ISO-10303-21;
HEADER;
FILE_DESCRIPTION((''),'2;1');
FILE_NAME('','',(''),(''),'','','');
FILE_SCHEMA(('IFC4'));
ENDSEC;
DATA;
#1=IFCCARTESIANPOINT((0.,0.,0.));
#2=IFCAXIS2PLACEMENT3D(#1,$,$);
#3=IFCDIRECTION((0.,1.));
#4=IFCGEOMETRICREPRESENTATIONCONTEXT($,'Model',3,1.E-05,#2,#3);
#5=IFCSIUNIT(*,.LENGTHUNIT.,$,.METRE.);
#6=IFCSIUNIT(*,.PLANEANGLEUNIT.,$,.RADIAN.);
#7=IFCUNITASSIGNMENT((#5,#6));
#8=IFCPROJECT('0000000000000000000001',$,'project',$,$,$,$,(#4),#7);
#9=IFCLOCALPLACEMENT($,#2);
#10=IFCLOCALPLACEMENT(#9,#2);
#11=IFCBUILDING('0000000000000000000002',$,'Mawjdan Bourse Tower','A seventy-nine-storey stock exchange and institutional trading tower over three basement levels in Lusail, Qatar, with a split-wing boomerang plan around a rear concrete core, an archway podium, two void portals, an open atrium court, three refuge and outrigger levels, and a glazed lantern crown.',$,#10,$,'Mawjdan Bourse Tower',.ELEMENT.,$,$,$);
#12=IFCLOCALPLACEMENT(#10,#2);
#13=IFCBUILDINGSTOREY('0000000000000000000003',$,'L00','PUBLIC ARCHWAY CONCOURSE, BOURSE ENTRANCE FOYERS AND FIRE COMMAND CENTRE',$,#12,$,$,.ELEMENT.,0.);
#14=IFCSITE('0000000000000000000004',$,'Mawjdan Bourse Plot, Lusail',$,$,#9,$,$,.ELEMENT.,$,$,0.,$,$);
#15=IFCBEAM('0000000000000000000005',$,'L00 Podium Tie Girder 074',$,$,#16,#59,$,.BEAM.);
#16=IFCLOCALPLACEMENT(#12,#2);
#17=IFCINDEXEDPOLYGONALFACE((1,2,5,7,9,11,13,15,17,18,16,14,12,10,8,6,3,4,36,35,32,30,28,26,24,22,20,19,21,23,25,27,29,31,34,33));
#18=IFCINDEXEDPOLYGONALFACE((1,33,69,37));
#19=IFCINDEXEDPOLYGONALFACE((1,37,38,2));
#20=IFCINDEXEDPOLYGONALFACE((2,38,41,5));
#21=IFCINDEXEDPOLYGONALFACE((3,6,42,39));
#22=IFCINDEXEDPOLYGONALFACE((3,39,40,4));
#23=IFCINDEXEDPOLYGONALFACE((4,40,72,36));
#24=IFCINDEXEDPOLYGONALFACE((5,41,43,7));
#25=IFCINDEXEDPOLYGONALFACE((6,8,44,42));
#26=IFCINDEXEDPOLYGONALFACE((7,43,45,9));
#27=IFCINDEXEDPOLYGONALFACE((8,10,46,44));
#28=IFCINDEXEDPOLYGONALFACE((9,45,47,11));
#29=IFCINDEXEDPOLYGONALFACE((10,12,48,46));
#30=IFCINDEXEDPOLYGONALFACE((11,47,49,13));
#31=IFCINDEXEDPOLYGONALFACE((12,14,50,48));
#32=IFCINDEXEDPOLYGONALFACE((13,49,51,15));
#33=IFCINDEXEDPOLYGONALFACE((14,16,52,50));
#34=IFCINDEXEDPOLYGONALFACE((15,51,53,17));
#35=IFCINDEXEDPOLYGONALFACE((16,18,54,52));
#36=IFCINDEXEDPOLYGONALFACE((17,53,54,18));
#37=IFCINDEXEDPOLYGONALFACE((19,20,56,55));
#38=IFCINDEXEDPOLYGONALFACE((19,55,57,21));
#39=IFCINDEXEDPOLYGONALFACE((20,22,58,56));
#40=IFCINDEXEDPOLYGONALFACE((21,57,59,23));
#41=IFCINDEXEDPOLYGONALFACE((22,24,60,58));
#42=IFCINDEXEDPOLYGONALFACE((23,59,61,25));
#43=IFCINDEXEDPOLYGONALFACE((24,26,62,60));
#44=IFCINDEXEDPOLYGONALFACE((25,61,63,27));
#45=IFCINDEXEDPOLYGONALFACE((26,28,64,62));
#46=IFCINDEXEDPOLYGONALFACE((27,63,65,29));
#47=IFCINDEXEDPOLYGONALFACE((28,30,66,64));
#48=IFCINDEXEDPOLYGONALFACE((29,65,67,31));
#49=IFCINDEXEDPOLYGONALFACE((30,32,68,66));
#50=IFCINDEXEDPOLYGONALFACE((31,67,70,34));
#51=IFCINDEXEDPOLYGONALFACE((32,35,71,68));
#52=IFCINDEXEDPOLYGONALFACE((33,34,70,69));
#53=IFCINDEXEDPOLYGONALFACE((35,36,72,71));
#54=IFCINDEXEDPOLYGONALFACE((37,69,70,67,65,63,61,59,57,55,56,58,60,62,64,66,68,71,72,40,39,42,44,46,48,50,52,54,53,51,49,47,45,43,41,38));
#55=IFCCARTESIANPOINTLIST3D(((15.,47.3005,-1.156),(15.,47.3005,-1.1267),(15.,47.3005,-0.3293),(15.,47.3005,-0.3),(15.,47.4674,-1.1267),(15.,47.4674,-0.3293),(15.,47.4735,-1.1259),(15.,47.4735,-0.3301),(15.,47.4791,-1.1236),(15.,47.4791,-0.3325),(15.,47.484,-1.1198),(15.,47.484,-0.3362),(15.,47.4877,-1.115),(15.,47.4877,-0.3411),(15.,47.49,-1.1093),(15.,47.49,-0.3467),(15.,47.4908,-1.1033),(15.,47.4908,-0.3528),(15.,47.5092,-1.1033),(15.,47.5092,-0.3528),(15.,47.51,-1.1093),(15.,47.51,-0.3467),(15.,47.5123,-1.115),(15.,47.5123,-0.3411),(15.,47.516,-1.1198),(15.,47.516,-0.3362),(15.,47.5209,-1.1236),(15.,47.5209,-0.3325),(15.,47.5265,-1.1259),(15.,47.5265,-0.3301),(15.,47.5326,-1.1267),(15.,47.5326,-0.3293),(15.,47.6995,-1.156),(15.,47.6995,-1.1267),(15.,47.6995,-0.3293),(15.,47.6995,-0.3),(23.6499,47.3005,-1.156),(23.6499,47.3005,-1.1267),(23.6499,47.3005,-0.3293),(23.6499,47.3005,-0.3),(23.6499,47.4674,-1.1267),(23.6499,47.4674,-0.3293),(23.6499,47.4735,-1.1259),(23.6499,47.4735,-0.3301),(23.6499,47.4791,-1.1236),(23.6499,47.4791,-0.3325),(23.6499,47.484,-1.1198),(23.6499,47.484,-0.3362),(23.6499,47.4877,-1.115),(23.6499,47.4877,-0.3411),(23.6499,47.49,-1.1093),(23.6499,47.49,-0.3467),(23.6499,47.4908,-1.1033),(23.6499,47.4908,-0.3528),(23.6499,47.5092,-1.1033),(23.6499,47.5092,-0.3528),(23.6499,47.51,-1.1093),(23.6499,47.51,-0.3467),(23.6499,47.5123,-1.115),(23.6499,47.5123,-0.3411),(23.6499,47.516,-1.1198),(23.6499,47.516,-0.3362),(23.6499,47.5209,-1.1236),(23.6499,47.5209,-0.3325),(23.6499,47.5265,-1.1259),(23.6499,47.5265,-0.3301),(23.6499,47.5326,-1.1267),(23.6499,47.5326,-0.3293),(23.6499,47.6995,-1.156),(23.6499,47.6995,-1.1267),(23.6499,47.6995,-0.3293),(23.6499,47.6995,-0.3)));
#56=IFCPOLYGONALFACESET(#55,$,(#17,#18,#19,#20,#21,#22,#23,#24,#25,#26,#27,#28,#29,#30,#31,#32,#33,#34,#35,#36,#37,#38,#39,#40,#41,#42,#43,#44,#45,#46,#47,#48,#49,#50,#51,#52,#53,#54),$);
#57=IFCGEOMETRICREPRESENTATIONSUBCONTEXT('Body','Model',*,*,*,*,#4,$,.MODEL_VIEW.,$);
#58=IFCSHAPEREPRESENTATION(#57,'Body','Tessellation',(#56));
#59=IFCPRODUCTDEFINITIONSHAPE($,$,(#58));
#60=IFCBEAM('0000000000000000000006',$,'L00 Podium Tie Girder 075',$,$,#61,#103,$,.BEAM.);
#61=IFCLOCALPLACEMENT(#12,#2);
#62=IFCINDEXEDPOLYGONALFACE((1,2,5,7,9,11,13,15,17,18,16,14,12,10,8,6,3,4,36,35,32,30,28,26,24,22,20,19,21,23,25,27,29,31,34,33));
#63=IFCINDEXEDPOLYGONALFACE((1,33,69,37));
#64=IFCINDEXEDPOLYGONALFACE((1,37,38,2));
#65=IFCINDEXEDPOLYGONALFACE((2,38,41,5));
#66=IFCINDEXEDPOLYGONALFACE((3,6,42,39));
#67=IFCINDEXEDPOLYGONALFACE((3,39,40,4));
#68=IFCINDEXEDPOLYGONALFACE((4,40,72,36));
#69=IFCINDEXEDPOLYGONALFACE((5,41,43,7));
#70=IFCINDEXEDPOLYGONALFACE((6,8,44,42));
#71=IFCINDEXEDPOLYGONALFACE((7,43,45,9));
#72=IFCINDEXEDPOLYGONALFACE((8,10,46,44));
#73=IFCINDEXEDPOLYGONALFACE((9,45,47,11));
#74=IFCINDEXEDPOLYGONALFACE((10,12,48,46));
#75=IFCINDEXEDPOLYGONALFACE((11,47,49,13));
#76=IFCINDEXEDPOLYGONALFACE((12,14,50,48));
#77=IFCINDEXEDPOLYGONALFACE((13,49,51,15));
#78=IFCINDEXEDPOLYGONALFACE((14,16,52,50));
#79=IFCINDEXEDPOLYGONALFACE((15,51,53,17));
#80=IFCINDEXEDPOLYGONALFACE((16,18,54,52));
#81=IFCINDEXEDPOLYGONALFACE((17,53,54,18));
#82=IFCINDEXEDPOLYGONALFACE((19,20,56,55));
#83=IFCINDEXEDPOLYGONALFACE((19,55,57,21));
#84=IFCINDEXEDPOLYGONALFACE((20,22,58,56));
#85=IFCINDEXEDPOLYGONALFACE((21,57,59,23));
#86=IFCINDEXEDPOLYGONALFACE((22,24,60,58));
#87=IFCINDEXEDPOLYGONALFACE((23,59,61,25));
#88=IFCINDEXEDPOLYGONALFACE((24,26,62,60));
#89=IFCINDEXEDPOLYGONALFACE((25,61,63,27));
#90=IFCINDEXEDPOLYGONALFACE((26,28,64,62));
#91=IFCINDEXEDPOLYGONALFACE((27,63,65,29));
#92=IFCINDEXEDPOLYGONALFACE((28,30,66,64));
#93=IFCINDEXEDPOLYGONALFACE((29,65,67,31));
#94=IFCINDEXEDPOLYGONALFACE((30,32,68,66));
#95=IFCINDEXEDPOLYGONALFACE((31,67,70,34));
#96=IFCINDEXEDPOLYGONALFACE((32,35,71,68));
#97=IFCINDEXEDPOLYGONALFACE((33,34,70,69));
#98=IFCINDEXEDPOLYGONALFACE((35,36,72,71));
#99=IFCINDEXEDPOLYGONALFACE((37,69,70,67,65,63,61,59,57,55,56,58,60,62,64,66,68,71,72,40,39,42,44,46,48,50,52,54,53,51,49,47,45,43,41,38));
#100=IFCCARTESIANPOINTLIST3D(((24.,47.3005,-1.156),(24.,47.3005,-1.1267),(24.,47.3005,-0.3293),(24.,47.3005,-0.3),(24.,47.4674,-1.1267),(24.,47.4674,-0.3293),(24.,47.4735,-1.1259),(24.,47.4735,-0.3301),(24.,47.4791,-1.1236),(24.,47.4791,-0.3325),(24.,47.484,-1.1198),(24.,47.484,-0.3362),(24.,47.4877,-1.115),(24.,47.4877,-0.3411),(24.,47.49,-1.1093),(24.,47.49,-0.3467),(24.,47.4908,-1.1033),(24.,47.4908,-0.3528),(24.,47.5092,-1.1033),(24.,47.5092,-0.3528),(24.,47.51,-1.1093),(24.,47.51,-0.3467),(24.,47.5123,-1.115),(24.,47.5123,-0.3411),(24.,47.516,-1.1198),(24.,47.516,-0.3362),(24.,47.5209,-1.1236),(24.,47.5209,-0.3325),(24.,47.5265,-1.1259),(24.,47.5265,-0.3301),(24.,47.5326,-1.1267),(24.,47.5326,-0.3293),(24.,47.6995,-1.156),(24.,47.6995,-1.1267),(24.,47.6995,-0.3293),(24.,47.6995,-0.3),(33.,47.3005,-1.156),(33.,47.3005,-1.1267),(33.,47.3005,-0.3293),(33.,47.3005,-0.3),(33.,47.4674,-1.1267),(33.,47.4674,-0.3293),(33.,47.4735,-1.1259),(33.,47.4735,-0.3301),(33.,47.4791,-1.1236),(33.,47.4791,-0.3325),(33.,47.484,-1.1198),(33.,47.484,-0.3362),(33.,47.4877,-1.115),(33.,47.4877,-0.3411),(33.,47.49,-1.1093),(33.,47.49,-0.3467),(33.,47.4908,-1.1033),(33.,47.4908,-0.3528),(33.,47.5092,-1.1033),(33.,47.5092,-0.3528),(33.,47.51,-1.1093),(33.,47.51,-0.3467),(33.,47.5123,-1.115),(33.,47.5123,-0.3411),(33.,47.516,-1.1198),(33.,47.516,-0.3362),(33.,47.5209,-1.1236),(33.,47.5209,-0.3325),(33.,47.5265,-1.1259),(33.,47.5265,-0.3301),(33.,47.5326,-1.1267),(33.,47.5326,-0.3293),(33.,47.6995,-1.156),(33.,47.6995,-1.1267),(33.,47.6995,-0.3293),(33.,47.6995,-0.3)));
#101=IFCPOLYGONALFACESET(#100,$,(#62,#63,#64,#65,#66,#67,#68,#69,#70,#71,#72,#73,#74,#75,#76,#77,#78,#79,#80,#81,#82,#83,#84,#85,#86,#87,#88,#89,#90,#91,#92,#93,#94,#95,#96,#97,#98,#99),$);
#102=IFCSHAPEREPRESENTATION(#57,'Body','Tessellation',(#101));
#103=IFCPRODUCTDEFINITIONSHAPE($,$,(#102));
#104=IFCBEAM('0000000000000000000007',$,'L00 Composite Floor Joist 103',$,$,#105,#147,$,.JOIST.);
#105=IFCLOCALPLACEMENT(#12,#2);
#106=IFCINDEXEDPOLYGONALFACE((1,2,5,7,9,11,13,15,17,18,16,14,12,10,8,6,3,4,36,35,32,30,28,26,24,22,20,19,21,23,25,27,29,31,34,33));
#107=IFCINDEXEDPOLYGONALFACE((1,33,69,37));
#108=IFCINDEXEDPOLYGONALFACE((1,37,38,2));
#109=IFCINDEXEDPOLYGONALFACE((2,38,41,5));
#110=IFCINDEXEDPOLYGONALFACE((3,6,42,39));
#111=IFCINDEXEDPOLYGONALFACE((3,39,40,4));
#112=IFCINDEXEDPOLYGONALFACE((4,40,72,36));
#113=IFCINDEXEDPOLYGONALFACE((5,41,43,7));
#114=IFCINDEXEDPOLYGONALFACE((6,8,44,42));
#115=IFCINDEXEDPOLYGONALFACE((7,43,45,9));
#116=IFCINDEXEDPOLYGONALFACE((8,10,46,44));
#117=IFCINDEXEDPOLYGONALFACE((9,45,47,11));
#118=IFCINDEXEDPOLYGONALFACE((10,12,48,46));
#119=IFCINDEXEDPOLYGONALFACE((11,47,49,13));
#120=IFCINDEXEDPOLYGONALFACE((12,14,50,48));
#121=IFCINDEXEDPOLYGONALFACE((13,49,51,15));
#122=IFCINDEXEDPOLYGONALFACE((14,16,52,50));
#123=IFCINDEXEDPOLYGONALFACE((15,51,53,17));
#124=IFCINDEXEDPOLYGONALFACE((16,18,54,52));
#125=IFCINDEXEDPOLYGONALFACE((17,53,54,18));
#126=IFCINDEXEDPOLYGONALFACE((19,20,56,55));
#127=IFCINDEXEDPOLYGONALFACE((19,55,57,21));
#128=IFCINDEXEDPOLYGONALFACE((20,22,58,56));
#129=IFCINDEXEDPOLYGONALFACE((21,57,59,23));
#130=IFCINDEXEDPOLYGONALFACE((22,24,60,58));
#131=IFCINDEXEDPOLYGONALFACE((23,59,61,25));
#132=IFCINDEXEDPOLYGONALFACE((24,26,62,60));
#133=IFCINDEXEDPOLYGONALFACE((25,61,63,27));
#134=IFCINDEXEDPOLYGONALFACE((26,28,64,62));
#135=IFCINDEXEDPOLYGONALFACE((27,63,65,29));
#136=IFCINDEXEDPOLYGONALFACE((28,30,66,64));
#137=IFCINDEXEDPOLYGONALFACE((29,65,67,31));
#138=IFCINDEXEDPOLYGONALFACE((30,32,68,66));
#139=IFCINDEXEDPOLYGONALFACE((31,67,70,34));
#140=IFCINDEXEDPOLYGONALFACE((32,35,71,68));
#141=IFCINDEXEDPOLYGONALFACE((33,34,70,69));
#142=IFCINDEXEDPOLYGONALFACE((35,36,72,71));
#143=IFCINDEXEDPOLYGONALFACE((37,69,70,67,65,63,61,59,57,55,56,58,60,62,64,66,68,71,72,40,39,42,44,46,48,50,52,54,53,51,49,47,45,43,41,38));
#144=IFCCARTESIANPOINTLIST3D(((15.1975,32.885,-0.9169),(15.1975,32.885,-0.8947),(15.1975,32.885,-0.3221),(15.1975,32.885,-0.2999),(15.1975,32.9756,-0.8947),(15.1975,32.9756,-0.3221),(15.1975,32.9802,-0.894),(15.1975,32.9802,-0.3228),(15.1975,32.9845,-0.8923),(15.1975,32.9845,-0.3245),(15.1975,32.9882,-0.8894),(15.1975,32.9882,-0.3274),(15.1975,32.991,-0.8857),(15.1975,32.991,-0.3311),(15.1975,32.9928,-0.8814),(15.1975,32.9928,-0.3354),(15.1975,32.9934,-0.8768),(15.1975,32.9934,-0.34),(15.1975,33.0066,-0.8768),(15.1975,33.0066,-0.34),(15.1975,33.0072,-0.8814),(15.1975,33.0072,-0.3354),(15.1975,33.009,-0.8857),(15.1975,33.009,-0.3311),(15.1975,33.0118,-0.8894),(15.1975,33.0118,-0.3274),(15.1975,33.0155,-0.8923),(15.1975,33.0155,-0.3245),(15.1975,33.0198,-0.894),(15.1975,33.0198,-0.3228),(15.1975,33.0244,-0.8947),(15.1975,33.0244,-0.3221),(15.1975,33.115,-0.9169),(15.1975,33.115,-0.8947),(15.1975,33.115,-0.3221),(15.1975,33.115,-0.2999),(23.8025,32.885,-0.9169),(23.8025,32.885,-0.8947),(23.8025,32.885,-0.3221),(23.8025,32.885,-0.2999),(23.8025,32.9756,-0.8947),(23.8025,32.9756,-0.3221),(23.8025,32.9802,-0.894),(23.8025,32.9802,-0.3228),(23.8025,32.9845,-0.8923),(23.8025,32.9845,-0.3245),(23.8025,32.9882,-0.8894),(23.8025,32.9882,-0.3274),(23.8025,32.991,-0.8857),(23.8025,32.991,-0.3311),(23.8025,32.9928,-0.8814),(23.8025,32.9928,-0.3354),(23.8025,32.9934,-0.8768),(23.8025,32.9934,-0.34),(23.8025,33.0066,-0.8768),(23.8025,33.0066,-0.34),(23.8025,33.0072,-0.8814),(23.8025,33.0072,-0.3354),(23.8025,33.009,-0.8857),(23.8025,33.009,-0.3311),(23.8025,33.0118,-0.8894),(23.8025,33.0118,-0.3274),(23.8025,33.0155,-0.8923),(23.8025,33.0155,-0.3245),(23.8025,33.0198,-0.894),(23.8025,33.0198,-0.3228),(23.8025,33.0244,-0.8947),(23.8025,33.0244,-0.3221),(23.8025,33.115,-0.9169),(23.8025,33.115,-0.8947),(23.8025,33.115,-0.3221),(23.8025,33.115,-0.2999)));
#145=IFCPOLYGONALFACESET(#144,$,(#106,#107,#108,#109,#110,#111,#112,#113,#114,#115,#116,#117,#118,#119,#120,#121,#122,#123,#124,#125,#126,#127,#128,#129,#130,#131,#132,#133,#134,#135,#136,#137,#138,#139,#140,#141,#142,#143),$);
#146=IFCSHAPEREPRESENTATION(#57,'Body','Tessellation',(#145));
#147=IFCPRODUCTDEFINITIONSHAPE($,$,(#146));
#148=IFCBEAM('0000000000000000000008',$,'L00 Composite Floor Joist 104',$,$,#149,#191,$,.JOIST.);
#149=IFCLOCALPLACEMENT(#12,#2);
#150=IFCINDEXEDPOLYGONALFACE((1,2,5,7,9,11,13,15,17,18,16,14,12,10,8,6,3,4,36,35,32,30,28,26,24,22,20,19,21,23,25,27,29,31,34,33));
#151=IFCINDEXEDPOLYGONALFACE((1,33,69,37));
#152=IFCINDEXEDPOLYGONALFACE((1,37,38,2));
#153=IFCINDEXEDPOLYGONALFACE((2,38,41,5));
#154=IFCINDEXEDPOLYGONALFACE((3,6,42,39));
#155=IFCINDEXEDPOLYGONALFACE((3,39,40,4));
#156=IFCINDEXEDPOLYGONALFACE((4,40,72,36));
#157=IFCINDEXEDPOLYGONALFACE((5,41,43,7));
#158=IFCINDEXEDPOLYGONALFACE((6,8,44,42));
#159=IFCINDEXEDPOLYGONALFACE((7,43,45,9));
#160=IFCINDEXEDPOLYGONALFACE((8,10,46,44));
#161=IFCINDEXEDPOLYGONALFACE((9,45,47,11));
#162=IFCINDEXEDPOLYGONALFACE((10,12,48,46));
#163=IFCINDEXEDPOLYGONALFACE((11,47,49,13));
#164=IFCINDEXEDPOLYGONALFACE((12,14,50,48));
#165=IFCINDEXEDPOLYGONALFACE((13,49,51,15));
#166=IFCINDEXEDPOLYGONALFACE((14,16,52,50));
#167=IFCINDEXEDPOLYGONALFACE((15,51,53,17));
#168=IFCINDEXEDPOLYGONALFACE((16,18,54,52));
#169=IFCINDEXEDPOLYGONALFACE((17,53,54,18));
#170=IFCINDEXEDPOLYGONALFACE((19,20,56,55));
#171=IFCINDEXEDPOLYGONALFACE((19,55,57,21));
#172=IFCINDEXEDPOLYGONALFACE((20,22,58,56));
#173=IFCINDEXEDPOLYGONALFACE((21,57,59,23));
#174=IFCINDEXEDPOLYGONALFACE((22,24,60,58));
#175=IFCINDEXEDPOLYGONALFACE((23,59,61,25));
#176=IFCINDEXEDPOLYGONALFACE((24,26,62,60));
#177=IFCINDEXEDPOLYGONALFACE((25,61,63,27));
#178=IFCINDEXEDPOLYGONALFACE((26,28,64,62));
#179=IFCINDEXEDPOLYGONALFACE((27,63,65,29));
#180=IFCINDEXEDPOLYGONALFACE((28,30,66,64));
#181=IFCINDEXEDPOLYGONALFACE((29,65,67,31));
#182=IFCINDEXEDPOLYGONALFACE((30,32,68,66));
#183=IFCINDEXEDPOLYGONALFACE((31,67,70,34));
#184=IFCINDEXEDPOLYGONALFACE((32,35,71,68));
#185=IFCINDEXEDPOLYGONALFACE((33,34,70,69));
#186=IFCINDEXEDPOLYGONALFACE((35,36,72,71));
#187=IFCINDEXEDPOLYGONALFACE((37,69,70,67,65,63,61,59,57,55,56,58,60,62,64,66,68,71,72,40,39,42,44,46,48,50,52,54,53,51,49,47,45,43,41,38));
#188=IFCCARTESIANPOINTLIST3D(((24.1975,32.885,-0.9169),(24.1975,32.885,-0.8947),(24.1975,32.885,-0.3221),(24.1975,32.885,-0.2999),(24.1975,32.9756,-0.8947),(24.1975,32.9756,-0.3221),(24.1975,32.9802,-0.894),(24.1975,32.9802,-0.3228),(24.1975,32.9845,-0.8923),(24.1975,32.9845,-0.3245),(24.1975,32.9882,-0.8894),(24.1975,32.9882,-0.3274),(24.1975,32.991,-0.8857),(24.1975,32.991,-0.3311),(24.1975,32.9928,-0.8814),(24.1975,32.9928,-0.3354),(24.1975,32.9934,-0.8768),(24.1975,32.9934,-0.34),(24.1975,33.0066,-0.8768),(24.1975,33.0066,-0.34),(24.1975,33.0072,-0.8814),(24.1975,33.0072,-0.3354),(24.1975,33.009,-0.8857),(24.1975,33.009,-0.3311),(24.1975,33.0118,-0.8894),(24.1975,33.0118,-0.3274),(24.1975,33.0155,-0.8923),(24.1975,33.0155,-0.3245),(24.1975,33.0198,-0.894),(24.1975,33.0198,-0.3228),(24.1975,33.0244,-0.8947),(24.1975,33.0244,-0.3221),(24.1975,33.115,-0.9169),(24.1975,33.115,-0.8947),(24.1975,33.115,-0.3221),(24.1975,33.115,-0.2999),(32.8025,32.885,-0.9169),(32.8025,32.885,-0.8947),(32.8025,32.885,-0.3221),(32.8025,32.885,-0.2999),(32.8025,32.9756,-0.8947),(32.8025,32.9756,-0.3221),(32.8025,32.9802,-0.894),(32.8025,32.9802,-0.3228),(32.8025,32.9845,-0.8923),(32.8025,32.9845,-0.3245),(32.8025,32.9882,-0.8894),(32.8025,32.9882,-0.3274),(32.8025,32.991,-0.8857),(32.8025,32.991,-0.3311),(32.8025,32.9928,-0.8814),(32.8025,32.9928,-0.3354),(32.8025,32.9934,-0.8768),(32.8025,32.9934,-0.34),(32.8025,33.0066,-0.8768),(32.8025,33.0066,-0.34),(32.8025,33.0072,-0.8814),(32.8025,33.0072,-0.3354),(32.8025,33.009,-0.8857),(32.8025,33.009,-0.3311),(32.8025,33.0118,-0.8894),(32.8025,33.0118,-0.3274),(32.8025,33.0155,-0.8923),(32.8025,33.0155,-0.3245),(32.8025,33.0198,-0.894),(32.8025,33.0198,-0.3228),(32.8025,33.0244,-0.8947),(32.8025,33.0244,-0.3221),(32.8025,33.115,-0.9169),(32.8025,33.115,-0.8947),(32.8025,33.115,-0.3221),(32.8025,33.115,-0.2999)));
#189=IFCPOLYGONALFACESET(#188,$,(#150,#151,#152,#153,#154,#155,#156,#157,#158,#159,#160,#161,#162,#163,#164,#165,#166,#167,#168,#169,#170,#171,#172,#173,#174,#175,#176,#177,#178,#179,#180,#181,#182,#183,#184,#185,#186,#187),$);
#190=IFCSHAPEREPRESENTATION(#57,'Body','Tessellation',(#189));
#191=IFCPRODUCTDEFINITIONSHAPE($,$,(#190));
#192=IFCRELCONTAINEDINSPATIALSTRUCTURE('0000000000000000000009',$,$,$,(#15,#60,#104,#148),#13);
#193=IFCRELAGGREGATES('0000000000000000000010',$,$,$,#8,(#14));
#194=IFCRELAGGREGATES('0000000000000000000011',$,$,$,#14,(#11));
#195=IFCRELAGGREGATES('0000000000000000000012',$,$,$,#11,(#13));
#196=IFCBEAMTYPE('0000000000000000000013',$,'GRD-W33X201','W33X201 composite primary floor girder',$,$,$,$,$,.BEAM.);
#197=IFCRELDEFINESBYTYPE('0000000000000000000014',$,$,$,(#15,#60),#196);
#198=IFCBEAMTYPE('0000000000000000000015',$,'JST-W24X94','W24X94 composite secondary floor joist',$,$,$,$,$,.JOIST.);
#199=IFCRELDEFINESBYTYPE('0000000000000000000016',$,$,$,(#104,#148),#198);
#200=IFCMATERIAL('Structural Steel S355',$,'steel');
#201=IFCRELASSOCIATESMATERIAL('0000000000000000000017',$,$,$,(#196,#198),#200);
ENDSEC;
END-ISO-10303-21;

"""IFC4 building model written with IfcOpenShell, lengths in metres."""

from ifc_helpers import new_model, si_unit, direction, frame, origin, origin_2d, place, context, subcontext, project, spatial, i_section, extrude, material, material_profile, profile_set, type_object, element, save


model = new_model("IFC4")

# Units and contexts
model_context = context("Model", 3, precision=1e-05, world=origin(), true_north=direction((0.0, 1.0)))
body_context = subcontext(model_context, "Body", "Model", "MODEL_VIEW")
ifc_project = project(units=[si_unit("LENGTHUNIT", "METRE"), si_unit("PLANEANGLEUNIT", "RADIAN")], contexts=[model_context])

# Site, building, storey
site_placement = place(None, origin())
site = spatial("IfcSite", under=ifc_project, at=site_placement, Name="Mawjdan Bourse Plot, Lusail", CompositionType="ELEMENT", RefElevation=0.0)
building_placement = place(site_placement, origin())
building = spatial("IfcBuilding", under=site, at=building_placement, Name="Mawjdan Bourse Tower", Description="A seventy-nine-storey stock exchange and institutional trading tower over three basement levels in Lusail, Qatar, with a split-wing boomerang plan around a rear concrete core, an archway podium, two void portals, an open atrium court, three refuge and outrigger levels, and a glazed lantern crown.", LongName="Mawjdan Bourse Tower", CompositionType="ELEMENT")
storey_placement = place(building_placement, origin())
storey = spatial("IfcBuildingStorey", under=building, at=storey_placement, Name="L00", Description="PUBLIC ARCHWAY CONCOURSE, BOURSE ENTRANCE FOYERS AND FIRE COMMAND CENTRE", CompositionType="ELEMENT", Elevation=0.0)

# Beams
ifc_material_1 = material(Name="Structural Steel S355", Category="steel")
ifc_material_profile_1 = material_profile(ifc_material_1, i_section(OverallWidth=0.3989, OverallDepth=0.856, WebThickness=0.0183, FlangeThickness=0.0293, FilletRadius=0.0234, at=origin_2d()), Name="W33X201")
ifc_profile_set_1 = profile_set([ifc_material_profile_1], Name="Structural Steel S355")
beam_type_1 = type_object("IfcBeamType", Name="GRD-W33X201", Description="W33X201 composite primary floor girder", PredefinedType="BEAM", material=ifc_profile_set_1)
beam_1_placement = place(storey_placement, frame((15.0, 47.5, -0.728), z_axis=(1.0, 0.0, 0.0), x_axis=(0.0, 1.0, 0.0)))
element("IfcBeam", 1, at=beam_1_placement, inside=storey, type_object=beam_type_1, Name="L00 Podium Tie Girder 074", PredefinedType="BEAM", context=body_context, shape_type="SweptSolid", body=[
    extrude(i_section(OverallWidth=0.3989, OverallDepth=0.856, WebThickness=0.0183, FlangeThickness=0.0293, FilletRadius=0.0234, at=origin_2d()), origin(), (0.0, 0.0, 1.0), 8.6499),
])
beam_2_placement = place(storey_placement, frame((24.0, 47.5, -0.728), z_axis=(1.0, 0.0, 0.0), x_axis=(0.0, 1.0, 0.0)))
element("IfcBeam", 2, at=beam_2_placement, inside=storey, type_object=beam_type_1, Name="L00 Podium Tie Girder 075", PredefinedType="BEAM", context=body_context, shape_type="SweptSolid", body=[
    extrude(i_section(OverallWidth=0.3989, OverallDepth=0.856, WebThickness=0.0183, FlangeThickness=0.0293, FilletRadius=0.0234, at=origin_2d()), origin(), (0.0, 0.0, 1.0), 9.0),
])
ifc_material_profile_2 = material_profile(ifc_material_1, i_section(OverallWidth=0.23, OverallDepth=0.6169, WebThickness=0.0132, FlangeThickness=0.0222, FilletRadius=0.0178, at=origin_2d()), Name="W24X94")
ifc_profile_set_2 = profile_set([ifc_material_profile_2], Name="Structural Steel S355")
beam_type_2 = type_object("IfcBeamType", Name="JST-W24X94", Description="W24X94 composite secondary floor joist", PredefinedType="JOIST", material=ifc_profile_set_2)
for number, where, z_axis, x_axis, name in (
    (3, (15.1975, 33.0, -0.6084), (1.0, 0.0, 0.0), (0.0, 1.0, 0.0), "L00 Composite Floor Joist 103"),
    (4, (24.1975, 33.0, -0.6084), (1.0, 0.0, 0.0), (0.0, 1.0, 0.0), "L00 Composite Floor Joist 104"),
):
    element("IfcBeam", number, at=place(storey_placement, frame(where, z_axis=z_axis, x_axis=x_axis)), inside=storey, type_object=beam_type_2, Name=name, PredefinedType="JOIST", context=body_context, shape_type="SweptSolid", body=[
        extrude(i_section(OverallWidth=0.23, OverallDepth=0.6169, WebThickness=0.0132, FlangeThickness=0.0222, FilletRadius=0.0178, at=origin_2d()), origin(), (0.0, 0.0, 1.0), 8.605),
    ])

save(model, "model.ifc")
